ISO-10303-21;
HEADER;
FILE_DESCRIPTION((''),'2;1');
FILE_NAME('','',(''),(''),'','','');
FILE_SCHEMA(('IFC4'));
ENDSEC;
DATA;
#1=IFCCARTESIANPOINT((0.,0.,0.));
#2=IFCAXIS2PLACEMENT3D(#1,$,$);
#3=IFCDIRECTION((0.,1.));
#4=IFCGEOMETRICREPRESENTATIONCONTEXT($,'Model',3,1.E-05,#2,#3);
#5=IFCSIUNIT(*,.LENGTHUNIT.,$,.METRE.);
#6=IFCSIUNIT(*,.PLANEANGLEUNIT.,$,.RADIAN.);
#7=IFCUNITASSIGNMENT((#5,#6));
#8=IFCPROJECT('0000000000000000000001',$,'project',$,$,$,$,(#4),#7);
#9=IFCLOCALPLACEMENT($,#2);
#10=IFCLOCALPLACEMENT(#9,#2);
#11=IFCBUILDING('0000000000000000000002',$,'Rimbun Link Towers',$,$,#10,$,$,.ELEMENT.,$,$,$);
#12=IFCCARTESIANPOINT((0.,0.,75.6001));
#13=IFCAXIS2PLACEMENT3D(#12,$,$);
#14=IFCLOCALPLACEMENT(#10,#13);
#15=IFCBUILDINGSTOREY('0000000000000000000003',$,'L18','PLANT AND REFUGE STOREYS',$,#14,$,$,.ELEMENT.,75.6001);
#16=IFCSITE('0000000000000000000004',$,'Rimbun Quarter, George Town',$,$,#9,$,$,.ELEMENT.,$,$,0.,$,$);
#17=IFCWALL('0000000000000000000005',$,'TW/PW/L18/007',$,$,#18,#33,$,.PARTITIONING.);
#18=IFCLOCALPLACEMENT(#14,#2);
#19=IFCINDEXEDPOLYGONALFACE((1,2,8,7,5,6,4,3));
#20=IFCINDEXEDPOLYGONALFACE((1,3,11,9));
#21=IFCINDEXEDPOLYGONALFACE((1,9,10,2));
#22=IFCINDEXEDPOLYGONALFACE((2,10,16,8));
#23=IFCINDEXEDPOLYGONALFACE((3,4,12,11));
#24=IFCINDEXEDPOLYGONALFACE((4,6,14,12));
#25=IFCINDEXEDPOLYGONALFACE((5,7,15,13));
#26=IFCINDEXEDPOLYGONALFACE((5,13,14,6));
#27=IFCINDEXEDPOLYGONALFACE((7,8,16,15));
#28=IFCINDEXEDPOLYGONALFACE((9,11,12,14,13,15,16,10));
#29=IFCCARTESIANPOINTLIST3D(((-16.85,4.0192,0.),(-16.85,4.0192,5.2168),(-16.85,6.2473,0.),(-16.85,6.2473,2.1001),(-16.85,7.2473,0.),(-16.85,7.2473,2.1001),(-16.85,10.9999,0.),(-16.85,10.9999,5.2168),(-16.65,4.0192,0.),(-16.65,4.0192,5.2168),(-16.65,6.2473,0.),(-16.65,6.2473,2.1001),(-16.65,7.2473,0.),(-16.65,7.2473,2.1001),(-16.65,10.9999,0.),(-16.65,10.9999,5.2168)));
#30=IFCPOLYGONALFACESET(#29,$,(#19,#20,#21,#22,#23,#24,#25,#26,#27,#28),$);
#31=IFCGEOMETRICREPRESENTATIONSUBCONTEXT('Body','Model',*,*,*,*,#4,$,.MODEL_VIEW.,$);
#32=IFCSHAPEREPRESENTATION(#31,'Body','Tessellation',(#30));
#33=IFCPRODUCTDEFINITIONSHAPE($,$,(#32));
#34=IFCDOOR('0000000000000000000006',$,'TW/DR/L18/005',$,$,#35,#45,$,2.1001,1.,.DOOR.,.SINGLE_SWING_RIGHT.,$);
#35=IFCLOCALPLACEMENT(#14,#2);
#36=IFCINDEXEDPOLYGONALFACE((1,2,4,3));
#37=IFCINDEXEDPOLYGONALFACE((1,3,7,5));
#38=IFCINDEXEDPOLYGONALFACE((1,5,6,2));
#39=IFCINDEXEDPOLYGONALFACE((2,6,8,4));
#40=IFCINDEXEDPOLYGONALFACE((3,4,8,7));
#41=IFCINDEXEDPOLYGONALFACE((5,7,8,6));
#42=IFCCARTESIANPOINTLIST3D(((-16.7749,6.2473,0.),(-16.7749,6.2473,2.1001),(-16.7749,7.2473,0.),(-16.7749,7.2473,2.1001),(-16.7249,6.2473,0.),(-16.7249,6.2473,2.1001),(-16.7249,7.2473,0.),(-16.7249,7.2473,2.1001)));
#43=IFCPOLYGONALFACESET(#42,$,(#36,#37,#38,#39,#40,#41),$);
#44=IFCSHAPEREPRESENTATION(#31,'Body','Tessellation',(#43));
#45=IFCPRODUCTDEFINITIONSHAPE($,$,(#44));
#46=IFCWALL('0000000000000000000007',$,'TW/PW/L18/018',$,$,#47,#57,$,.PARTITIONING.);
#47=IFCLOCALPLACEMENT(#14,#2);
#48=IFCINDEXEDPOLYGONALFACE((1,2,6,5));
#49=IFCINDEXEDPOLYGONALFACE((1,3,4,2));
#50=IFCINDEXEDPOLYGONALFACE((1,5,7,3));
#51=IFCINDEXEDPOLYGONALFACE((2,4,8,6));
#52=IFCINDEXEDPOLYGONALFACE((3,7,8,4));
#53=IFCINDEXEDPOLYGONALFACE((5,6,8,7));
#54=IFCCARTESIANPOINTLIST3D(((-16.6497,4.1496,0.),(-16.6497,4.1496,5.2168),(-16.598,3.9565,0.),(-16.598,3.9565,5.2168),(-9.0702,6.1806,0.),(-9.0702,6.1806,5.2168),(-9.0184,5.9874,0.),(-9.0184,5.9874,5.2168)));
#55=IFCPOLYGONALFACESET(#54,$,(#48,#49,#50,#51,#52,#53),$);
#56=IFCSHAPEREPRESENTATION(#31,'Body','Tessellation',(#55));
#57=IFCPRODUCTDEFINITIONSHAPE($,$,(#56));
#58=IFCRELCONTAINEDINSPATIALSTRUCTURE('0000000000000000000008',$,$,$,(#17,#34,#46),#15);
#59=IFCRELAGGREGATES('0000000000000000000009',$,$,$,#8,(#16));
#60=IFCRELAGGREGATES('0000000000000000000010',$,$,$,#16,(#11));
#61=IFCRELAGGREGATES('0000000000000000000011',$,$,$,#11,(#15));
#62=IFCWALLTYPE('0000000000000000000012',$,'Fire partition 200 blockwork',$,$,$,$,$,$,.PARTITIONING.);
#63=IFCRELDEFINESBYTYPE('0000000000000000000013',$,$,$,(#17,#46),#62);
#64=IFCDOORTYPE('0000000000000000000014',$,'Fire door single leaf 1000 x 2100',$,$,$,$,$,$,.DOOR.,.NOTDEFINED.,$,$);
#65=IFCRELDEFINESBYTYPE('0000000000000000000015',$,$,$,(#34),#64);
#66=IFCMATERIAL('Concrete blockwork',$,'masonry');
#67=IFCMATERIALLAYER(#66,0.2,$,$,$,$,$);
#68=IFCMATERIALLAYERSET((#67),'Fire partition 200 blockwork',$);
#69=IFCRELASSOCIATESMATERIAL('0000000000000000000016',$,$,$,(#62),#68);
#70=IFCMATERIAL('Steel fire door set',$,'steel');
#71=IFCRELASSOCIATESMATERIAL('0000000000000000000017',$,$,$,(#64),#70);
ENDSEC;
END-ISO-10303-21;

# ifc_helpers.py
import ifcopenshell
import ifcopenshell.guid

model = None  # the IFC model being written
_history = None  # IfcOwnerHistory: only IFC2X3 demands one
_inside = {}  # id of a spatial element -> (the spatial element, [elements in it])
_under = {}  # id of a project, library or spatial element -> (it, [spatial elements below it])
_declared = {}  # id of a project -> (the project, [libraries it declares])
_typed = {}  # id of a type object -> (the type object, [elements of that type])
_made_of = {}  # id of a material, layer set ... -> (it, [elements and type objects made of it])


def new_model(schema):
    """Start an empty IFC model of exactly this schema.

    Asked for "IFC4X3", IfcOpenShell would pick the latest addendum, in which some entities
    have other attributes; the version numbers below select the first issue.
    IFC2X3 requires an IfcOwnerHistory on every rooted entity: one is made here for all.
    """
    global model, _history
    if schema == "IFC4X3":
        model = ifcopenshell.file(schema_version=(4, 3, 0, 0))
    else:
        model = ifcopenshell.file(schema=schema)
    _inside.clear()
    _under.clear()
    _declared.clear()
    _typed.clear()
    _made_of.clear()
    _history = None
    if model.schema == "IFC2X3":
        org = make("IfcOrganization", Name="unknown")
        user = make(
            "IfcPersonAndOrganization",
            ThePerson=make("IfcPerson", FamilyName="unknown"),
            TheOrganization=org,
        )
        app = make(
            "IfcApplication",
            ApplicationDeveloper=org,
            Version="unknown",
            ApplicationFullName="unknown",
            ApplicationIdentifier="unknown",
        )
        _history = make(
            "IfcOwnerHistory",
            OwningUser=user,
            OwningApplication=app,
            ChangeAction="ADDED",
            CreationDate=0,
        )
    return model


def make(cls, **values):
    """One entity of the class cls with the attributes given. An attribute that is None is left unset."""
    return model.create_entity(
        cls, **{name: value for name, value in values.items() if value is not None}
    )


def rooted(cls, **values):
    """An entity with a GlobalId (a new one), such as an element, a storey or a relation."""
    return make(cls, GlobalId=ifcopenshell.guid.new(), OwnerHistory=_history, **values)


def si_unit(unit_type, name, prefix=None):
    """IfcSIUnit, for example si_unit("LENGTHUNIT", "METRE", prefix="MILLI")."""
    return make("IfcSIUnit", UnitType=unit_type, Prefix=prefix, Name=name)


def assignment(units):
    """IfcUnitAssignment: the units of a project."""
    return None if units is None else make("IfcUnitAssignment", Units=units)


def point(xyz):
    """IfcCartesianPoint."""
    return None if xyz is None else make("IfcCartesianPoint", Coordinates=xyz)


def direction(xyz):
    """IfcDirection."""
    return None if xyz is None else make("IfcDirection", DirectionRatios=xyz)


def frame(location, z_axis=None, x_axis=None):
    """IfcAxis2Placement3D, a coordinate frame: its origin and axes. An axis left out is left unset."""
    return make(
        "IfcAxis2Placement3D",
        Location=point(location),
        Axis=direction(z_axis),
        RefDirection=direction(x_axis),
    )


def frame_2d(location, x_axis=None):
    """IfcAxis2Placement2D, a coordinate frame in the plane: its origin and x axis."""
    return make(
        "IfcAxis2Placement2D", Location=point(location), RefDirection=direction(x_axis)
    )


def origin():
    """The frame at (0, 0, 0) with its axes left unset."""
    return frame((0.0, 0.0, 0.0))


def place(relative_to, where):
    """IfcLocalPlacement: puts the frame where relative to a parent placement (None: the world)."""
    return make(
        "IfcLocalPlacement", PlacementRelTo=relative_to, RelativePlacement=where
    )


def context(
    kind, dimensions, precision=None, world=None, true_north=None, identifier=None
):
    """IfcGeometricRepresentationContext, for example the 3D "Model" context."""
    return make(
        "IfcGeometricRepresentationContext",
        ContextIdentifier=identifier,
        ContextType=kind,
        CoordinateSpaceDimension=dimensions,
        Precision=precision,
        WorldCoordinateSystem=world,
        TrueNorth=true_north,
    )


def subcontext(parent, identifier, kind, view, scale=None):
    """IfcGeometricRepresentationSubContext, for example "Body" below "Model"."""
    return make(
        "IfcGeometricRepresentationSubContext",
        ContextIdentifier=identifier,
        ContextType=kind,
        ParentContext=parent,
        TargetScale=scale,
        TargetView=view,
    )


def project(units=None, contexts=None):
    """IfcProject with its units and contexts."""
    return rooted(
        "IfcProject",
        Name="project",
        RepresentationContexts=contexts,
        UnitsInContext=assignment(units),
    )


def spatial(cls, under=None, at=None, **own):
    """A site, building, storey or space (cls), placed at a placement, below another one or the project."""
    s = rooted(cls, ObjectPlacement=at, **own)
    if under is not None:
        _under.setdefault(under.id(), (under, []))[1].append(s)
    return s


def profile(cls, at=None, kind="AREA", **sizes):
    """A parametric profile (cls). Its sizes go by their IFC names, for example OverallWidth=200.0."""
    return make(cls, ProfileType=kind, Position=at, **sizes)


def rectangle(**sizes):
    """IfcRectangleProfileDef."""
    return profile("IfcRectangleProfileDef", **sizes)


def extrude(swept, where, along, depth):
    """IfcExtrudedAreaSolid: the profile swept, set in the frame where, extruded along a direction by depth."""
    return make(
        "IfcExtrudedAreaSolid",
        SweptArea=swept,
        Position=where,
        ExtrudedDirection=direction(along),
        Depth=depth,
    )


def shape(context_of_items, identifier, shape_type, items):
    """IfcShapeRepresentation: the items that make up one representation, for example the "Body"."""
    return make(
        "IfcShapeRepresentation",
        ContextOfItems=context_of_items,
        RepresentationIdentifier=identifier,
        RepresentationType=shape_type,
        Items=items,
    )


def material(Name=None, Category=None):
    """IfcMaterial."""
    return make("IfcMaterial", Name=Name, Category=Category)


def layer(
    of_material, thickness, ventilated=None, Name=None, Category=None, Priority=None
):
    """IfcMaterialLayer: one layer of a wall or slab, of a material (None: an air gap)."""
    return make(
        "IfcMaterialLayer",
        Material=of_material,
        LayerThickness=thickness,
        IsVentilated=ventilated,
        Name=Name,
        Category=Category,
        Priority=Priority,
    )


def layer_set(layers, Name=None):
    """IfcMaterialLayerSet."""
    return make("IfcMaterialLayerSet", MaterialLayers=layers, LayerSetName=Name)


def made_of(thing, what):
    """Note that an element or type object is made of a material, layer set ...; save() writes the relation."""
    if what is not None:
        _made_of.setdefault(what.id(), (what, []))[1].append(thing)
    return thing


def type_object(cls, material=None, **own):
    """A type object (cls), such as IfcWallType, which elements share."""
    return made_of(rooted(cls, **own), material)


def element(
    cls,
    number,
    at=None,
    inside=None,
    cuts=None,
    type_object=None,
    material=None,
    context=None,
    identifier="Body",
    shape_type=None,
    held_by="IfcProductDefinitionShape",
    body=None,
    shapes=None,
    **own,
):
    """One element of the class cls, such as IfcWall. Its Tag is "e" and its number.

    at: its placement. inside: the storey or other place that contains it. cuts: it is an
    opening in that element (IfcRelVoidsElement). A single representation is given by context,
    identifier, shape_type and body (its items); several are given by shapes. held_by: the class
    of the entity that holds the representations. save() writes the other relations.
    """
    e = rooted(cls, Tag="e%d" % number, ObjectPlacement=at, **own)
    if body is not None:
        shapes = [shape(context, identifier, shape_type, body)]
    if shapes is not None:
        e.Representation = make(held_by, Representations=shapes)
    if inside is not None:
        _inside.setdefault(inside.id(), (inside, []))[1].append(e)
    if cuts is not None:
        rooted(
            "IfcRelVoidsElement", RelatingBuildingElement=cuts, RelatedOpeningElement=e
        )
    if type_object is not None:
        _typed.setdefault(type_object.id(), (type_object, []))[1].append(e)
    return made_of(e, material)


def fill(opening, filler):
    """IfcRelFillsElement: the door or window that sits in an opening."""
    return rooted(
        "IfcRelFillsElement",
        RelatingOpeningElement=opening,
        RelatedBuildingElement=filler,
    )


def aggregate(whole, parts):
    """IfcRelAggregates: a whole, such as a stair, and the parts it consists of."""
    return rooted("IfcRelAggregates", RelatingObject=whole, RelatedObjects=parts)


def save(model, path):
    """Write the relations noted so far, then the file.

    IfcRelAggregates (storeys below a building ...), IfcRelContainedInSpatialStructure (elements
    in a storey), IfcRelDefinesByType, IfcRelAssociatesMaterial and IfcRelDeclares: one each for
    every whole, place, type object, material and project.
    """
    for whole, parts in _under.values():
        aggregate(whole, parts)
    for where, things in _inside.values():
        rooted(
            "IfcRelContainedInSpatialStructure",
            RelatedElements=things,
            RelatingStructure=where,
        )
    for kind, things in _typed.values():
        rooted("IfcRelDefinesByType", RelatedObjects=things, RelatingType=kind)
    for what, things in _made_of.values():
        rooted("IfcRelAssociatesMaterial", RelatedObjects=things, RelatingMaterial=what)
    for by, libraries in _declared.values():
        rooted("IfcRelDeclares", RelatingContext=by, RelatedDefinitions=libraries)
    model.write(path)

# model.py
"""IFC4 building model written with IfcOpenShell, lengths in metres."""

from ifc_helpers import new_model, si_unit, direction, frame, frame_2d, origin, place, context, subcontext, project, spatial, rectangle, extrude, material, layer, layer_set, type_object, element, fill, save


model = new_model("IFC4")

# Units and contexts
model_context = context("Model", 3, precision=1e-05, world=origin(), true_north=direction((0.0, 1.0)))
body_context = subcontext(model_context, "Body", "Model", "MODEL_VIEW")
ifc_project = project(units=[si_unit("LENGTHUNIT", "METRE"), si_unit("PLANEANGLEUNIT", "RADIAN")], contexts=[model_context])

# Site, building, storey
site_placement = place(None, origin())
site = spatial("IfcSite", under=ifc_project, at=site_placement, Name="Rimbun Quarter, George Town", CompositionType="ELEMENT", RefElevation=0.0)
building_placement = place(site_placement, origin())
building = spatial("IfcBuilding", under=site, at=building_placement, Name="Rimbun Link Towers", CompositionType="ELEMENT")
storey_placement = place(building_placement, frame((0.0, 0.0, 75.6001)))
storey = spatial("IfcBuildingStorey", under=building, at=storey_placement, Name="L18", Description="PLANT AND REFUGE STOREYS", CompositionType="ELEMENT", Elevation=75.6001)

# Wall, opening, door
ifc_material_1 = material(Name="Concrete blockwork", Category="masonry")
ifc_layer_1 = layer(ifc_material_1, 0.2)
ifc_layer_set_1 = layer_set([ifc_layer_1], Name="Fire partition 200 blockwork")
wall_type = type_object("IfcWallType", Name="Fire partition 200 blockwork", PredefinedType="PARTITIONING", material=ifc_layer_set_1)
wall_1_placement = place(storey_placement, frame((-16.75, 4.0193, 0.0), z_axis=(0.0, 0.0, 1.0), x_axis=(0.0, 1.0, 0.0)))
wall_1 = element("IfcWall", 1, at=wall_1_placement, inside=storey, type_object=wall_type, Name="TW/PW/L18/007", PredefinedType="PARTITIONING", context=body_context, shape_type="SweptSolid", body=[
    extrude(rectangle(XDim=6.9807, YDim=0.2, at=frame_2d((3.4902, 0.0))), origin(), (0.0, 0.0, 1.0), 5.2168),
])
opening_placement = place(wall_1_placement, frame((2.228, 0.0, 0.0)))
opening = element("IfcOpeningElement", 2, at=opening_placement, cuts=wall_1, PredefinedType="OPENING", context=body_context, shape_type="SweptSolid", body=[
    extrude(rectangle(XDim=1.0, YDim=2.1001, at=frame_2d((0.5, 1.05))), frame((0.0, 0.1099, 0.0), z_axis=(0.0, -1.0, 0.0), x_axis=(1.0, 0.0, 0.0)), (0.0, 0.0, 1.0), 0.22),
])
ifc_material_2 = material(Name="Steel fire door set", Category="steel")
door_type = type_object("IfcDoorType", Name="Fire door single leaf 1000 x 2100", OperationType="NOTDEFINED", PredefinedType="DOOR", material=ifc_material_2)
door_placement = place(opening_placement, origin())
door = element("IfcDoor", 3, at=door_placement, inside=storey, type_object=door_type, Name="TW/DR/L18/005", OperationType="SINGLE_SWING_RIGHT", OverallHeight=2.1001, OverallWidth=1.0, PredefinedType="DOOR", context=body_context, shape_type="SweptSolid", body=[
    extrude(rectangle(XDim=1.0, YDim=2.1001, at=frame_2d((0.5, 1.05))), frame((0.0, 0.0249, 0.0), z_axis=(0.0, -1.0, 0.0), x_axis=(1.0, 0.0, 0.0)), (0.0, 0.0, 1.0), 0.05),
])
fill(opening, door)

# Wall
wall_2_placement = place(storey_placement, frame((-9.0444, 6.084, 0.0), z_axis=(0.0, 0.0, 1.0), x_axis=(-0.965924, -0.258826, 0.0)))
element("IfcWall", 4, at=wall_2_placement, inside=storey, type_object=wall_type, Name="TW/PW/L18/018", PredefinedType="PARTITIONING", context=body_context, shape_type="SweptSolid", body=[
    extrude(rectangle(XDim=7.8469, YDim=0.2, at=frame_2d((3.9233, 0.0))), origin(), (0.0, 0.0, 1.0), 5.2168),
])

save(model, "model.ifc")
